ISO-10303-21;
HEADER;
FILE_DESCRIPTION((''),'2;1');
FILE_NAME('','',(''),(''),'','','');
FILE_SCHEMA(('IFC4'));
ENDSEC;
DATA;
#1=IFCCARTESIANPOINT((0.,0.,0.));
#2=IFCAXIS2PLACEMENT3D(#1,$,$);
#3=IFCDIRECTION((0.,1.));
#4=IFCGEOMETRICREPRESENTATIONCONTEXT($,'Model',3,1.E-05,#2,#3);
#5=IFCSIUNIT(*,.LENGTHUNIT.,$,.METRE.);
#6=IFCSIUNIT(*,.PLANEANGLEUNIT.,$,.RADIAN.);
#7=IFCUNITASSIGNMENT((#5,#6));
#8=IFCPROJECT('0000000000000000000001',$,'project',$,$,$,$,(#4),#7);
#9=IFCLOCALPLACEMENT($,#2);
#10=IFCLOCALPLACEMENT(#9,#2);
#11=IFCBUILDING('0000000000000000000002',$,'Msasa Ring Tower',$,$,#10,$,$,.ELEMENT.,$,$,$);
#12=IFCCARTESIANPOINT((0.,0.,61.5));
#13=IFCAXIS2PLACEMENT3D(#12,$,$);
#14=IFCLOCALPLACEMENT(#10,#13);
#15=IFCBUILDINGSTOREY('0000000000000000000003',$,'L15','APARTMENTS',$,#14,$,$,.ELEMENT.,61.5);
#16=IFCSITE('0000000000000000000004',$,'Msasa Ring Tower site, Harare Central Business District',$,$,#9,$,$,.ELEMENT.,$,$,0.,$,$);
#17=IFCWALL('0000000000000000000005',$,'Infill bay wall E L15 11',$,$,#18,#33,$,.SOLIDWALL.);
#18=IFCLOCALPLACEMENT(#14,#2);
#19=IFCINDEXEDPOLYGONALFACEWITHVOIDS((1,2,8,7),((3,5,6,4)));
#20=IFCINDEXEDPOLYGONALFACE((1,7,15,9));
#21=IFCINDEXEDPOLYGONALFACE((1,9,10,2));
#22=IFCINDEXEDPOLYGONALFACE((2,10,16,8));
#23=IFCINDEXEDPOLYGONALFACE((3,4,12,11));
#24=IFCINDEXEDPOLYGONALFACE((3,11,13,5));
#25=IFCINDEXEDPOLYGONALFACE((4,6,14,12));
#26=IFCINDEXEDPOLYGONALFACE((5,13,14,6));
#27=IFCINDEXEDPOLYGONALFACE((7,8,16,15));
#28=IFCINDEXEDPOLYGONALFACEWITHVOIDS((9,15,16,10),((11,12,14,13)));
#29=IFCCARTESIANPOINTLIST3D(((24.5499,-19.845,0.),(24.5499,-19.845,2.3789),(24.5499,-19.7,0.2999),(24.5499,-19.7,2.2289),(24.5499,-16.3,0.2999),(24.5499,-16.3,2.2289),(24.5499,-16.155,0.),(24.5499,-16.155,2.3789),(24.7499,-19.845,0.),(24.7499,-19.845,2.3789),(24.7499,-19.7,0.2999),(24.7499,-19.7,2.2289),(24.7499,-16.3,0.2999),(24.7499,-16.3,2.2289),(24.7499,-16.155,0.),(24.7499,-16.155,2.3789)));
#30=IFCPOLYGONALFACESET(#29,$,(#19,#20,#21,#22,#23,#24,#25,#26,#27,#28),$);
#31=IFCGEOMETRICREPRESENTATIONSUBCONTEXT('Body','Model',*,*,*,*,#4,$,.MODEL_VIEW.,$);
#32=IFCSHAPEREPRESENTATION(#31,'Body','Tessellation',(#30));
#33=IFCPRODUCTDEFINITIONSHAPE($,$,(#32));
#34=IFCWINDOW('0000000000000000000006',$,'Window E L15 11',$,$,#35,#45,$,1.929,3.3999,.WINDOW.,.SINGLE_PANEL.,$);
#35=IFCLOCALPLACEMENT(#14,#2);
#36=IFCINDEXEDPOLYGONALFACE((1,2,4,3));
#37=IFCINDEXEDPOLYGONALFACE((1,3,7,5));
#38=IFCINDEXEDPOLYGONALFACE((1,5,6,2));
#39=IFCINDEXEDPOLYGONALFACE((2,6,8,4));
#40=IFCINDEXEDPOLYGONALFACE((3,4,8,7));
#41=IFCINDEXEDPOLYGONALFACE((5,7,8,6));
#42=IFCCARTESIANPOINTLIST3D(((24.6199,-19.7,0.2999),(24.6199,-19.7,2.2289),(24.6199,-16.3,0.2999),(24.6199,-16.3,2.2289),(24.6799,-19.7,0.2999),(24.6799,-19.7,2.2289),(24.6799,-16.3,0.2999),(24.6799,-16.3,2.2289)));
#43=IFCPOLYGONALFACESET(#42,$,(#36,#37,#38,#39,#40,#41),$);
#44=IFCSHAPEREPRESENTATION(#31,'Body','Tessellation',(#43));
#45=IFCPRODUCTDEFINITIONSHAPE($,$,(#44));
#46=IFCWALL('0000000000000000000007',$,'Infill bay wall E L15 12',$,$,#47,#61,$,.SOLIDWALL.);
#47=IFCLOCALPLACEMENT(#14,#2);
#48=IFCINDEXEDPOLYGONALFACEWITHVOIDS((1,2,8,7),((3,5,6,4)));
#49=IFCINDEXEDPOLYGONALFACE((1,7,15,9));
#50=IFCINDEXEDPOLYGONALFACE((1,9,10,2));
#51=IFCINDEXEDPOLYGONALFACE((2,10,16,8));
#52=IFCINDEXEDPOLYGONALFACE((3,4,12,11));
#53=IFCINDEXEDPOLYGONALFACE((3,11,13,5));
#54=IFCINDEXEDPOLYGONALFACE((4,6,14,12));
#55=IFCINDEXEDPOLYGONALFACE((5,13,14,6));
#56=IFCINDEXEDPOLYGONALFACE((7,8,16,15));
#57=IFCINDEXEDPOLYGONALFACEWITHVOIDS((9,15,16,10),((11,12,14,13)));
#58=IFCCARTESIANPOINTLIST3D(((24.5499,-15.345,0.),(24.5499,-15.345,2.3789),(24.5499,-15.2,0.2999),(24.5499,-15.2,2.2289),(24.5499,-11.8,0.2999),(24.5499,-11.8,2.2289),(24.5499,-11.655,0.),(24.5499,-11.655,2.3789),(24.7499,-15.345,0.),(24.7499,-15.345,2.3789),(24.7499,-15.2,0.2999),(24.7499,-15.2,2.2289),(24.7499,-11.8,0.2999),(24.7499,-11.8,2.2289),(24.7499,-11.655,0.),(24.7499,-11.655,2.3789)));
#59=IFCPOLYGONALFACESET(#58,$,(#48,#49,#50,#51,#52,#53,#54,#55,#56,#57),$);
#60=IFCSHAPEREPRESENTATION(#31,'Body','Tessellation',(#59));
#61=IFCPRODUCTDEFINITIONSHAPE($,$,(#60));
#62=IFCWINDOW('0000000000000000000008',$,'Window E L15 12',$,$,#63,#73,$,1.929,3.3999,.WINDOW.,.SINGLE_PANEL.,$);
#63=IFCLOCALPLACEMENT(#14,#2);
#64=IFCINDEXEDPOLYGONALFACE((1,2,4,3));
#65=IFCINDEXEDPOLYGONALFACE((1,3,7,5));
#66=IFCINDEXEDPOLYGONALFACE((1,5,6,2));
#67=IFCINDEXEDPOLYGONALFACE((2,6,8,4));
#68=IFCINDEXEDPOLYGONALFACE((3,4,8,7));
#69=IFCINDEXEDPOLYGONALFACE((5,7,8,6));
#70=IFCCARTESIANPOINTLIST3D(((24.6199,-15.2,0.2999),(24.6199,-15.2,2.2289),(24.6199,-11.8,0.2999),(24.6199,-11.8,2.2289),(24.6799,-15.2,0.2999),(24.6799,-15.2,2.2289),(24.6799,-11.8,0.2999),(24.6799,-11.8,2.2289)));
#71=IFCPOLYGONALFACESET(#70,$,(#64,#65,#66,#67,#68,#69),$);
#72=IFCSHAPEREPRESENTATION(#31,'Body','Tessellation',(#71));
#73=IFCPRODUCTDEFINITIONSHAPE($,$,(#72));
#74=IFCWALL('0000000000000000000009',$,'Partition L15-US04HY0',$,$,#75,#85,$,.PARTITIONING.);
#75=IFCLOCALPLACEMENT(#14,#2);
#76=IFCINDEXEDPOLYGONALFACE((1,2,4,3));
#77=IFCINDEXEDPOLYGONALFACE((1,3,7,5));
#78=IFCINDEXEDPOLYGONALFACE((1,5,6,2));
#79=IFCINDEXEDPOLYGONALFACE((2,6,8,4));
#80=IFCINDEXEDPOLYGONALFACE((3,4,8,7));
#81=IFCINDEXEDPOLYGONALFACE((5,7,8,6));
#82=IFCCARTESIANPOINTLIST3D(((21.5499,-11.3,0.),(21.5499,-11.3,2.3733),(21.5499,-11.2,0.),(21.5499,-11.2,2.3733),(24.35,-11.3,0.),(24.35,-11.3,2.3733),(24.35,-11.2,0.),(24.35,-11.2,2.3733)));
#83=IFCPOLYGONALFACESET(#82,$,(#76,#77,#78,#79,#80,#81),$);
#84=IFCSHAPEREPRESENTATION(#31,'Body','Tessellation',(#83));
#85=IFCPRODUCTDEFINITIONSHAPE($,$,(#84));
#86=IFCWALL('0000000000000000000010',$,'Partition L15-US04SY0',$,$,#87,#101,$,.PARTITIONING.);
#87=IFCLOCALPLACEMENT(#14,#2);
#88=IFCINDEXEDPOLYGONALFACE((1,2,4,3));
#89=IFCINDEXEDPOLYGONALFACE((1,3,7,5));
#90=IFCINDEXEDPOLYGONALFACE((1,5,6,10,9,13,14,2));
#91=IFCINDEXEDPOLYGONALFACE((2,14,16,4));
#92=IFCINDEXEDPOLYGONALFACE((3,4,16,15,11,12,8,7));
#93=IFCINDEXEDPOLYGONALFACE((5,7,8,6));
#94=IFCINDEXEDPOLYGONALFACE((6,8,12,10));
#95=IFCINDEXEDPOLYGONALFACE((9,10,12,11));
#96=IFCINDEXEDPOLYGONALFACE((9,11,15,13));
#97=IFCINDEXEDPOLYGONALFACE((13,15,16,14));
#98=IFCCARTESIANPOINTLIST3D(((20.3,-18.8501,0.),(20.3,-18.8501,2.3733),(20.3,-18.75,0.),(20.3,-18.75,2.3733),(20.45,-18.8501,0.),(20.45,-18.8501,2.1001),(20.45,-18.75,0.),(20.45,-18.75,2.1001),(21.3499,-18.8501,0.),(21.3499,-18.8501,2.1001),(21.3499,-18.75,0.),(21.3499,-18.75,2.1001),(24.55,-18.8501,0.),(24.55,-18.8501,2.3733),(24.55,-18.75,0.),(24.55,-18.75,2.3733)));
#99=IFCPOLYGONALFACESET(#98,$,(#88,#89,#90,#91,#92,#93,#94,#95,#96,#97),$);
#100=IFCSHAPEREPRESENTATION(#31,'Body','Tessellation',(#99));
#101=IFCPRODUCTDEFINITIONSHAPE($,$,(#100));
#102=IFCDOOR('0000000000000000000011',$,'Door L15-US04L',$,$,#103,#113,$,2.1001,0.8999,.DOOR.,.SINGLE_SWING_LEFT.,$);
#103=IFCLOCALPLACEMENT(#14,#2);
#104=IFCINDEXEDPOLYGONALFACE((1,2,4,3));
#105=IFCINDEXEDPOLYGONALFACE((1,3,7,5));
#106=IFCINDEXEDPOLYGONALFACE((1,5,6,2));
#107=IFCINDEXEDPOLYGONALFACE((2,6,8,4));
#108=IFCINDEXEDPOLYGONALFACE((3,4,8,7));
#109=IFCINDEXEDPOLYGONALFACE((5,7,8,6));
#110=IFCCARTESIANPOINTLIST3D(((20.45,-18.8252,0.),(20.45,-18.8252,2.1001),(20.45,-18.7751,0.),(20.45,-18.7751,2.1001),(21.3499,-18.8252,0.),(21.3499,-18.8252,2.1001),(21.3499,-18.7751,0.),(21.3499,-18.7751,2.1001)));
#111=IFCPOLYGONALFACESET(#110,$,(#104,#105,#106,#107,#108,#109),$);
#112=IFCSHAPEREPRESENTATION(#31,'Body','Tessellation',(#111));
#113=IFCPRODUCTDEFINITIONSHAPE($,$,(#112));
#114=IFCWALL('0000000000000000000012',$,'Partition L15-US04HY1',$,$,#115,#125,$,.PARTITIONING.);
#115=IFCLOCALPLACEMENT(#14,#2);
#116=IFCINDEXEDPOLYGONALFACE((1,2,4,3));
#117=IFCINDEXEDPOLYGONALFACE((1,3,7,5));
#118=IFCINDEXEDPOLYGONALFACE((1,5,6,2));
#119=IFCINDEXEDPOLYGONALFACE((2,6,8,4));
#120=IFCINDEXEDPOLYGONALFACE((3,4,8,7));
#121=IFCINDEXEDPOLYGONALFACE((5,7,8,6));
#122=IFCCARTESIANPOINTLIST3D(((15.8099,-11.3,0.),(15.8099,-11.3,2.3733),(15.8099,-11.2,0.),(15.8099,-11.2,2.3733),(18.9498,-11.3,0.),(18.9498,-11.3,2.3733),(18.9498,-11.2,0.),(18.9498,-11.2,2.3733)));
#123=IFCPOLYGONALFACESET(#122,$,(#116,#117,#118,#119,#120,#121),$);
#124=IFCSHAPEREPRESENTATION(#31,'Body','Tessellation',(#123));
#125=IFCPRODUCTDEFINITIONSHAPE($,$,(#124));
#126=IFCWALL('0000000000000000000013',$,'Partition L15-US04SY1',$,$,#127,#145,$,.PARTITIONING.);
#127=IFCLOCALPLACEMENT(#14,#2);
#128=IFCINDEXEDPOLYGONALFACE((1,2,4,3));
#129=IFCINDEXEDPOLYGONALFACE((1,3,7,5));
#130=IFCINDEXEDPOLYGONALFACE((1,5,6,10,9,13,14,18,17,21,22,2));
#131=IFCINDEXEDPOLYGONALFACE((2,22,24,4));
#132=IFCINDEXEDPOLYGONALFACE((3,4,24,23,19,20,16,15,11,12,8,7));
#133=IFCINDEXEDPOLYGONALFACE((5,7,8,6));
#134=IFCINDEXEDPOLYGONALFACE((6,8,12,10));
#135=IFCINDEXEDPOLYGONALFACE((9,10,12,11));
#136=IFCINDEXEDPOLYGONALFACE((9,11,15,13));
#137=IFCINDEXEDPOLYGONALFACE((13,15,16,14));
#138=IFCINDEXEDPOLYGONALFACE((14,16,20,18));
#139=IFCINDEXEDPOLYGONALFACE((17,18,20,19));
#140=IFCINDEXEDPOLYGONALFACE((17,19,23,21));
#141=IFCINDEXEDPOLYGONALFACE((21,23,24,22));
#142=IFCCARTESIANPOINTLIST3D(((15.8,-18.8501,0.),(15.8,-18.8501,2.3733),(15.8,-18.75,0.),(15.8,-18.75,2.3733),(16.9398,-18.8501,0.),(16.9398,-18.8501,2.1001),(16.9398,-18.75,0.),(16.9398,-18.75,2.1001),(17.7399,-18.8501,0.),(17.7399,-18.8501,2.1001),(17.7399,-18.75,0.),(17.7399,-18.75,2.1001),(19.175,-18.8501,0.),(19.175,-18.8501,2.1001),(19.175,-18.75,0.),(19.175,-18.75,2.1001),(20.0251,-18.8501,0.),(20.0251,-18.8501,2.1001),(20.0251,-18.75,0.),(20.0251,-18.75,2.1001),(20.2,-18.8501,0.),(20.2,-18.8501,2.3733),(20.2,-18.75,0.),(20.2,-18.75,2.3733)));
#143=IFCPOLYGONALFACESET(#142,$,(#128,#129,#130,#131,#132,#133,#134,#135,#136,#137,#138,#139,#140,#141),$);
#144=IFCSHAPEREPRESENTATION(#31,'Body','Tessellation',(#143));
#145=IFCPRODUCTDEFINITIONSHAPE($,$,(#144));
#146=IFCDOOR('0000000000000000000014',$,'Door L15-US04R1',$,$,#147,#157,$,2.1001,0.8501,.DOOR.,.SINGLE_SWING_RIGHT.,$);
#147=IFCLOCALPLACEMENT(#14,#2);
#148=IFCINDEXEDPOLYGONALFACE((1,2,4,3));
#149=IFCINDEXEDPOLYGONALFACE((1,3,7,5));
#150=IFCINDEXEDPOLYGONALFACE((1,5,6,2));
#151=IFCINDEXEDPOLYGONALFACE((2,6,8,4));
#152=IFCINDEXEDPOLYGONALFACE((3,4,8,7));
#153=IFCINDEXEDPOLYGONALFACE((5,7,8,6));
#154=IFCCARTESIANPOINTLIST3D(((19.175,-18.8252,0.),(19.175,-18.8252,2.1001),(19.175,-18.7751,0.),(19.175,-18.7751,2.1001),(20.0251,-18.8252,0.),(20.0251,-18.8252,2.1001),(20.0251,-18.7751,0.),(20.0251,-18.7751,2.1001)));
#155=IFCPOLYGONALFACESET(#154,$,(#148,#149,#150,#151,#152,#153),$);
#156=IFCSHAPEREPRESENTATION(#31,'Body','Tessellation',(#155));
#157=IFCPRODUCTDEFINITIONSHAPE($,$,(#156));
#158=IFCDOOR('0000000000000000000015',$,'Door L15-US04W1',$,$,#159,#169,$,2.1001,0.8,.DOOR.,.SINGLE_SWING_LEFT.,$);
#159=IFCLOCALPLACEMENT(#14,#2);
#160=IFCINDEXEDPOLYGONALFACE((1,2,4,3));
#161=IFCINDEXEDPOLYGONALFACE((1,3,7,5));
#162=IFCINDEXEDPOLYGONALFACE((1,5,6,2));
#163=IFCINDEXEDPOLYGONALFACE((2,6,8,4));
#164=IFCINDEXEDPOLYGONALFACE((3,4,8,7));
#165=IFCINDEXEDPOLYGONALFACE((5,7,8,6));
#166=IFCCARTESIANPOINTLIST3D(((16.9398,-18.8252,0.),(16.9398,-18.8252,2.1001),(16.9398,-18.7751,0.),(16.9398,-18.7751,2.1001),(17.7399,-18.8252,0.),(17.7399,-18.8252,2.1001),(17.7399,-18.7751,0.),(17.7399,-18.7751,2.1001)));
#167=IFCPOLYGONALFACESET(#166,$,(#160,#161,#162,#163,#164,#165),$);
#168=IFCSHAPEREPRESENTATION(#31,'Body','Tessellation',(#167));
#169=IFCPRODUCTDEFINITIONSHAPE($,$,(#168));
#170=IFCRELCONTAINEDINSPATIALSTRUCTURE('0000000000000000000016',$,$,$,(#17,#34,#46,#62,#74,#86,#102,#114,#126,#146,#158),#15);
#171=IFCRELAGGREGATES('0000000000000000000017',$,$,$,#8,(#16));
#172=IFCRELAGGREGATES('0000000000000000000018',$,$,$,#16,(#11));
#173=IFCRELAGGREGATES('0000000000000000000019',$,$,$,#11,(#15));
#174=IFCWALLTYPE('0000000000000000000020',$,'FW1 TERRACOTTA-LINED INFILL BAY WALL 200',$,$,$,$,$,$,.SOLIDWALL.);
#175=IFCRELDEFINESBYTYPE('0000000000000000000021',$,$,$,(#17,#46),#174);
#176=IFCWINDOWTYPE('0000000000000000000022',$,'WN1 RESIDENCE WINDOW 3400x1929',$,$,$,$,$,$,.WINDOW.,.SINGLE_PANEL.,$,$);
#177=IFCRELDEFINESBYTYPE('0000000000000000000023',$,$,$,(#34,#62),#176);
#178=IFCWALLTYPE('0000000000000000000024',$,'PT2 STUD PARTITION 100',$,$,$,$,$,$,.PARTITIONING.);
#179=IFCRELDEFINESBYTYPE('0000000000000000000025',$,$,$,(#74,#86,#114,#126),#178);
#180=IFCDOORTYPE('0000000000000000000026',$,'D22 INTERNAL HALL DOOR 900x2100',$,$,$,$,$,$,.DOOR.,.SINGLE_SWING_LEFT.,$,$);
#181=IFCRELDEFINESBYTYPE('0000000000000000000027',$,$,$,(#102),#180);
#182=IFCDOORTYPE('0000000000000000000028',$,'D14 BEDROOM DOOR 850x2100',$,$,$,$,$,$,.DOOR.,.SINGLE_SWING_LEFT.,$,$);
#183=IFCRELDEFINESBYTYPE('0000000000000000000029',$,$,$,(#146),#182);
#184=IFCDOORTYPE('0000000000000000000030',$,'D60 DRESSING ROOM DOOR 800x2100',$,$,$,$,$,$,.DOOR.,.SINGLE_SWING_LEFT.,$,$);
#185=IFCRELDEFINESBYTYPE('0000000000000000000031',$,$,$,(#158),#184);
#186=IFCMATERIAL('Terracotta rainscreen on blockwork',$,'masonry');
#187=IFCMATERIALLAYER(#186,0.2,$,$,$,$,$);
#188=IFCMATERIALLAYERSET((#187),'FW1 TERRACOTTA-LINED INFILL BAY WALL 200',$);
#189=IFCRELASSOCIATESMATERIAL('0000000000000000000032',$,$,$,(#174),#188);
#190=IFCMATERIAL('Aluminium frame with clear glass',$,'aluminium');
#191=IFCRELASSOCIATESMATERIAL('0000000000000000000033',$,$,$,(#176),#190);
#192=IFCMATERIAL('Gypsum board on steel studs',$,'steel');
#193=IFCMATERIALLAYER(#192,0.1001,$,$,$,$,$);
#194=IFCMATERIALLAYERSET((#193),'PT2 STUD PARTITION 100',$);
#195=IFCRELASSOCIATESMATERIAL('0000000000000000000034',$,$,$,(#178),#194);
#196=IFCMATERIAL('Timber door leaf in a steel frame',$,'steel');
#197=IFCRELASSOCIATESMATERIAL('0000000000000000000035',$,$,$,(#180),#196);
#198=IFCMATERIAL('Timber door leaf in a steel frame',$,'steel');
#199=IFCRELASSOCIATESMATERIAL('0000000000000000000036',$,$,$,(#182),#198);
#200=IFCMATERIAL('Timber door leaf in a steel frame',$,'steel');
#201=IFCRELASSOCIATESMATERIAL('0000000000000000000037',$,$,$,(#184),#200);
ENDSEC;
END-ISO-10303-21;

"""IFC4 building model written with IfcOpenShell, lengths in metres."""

from ifc_helpers import new_model, si_unit, direction, frame, frame_2d, origin, place, context, subcontext, project, spatial, rectangle, extrude, material, layer, layer_set, type_object, element, fill, save


model = new_model("IFC4")

# Units and contexts
model_context = context("Model", 3, precision=1e-05, world=origin(), true_north=direction((0.0, 1.0)))
body_context = subcontext(model_context, "Body", "Model", "MODEL_VIEW")
ifc_project = project(units=[si_unit("LENGTHUNIT", "METRE"), si_unit("PLANEANGLEUNIT", "RADIAN")], contexts=[model_context])

# Site, building, storey
site_placement = place(None, origin())
site = spatial("IfcSite", under=ifc_project, at=site_placement, Name="Msasa Ring Tower site, Harare Central Business District", CompositionType="ELEMENT", RefElevation=0.0)
building_placement = place(site_placement, origin())
building = spatial("IfcBuilding", under=site, at=building_placement, Name="Msasa Ring Tower", CompositionType="ELEMENT")
storey_placement = place(building_placement, frame((0.0, 0.0, 61.5)))
storey = spatial("IfcBuildingStorey", under=building, at=storey_placement, Name="L15", Description="APARTMENTS", CompositionType="ELEMENT", Elevation=61.5)

# Walls, openings, windows
ifc_material_1 = material(Name="Terracotta rainscreen on blockwork", Category="masonry")
ifc_layer_1 = layer(ifc_material_1, 0.2)
ifc_layer_set_1 = layer_set([ifc_layer_1], Name="FW1 TERRACOTTA-LINED INFILL BAY WALL 200")
wall_type_1 = type_object("IfcWallType", Name="FW1 TERRACOTTA-LINED INFILL BAY WALL 200", PredefinedType="SOLIDWALL", material=ifc_layer_set_1)
wall_1_placement = place(storey_placement, frame((24.6499, -19.845, 0.0), z_axis=(0.0, 0.0, 1.0), x_axis=(0.0, 1.0, 0.0)))
wall_1 = element("IfcWall", 1, at=wall_1_placement, inside=storey, type_object=wall_type_1, Name="Infill bay wall E L15 11", PredefinedType="SOLIDWALL", context=body_context, shape_type="SweptSolid", body=[
    extrude(rectangle(XDim=3.6899, YDim=0.2, at=frame_2d((1.845, 0.0))), origin(), (0.0, 0.0, 1.0), 2.3789),
])
opening_1_placement = place(wall_1_placement, frame((0.145, 0.0, 0.3)))
opening_1 = element("IfcOpeningElement", 2, at=opening_1_placement, cuts=wall_1, PredefinedType="OPENING", context=body_context, shape_type="SweptSolid", body=[
    extrude(rectangle(XDim=3.3999, YDim=1.929, at=frame_2d((1.7, 0.9644))), frame((0.0, 0.1099, 0.0), z_axis=(0.0, -1.0, 0.0), x_axis=(1.0, 0.0, 0.0)), (0.0, 0.0, 1.0), 0.22),
])
ifc_material_2 = material(Name="Aluminium frame with clear glass", Category="aluminium")
window_type = type_object("IfcWindowType", Name="WN1 RESIDENCE WINDOW 3400x1929", PartitioningType="SINGLE_PANEL", PredefinedType="WINDOW", material=ifc_material_2)
window_1_placement = place(opening_1_placement, origin())
window_1 = element("IfcWindow", 3, at=window_1_placement, inside=storey, type_object=window_type, Name="Window E L15 11", OverallHeight=1.929, OverallWidth=3.3999, PartitioningType="SINGLE_PANEL", PredefinedType="WINDOW", context=body_context, shape_type="SweptSolid", body=[
    extrude(rectangle(XDim=3.3999, YDim=1.929, at=frame_2d((1.7, 0.9644))), frame((0.0, 0.03, 0.0), z_axis=(0.0, -1.0, 0.0), x_axis=(1.0, 0.0, 0.0)), (0.0, 0.0, 1.0), 0.0601),
])
fill(opening_1, window_1)
wall_2_placement = place(storey_placement, frame((24.6499, -15.345, 0.0), z_axis=(0.0, 0.0, 1.0), x_axis=(0.0, 1.0, 0.0)))
wall_2 = element("IfcWall", 4, at=wall_2_placement, inside=storey, type_object=wall_type_1, Name="Infill bay wall E L15 12", PredefinedType="SOLIDWALL", context=body_context, shape_type="SweptSolid", body=[
    extrude(rectangle(XDim=3.6899, YDim=0.2, at=frame_2d((1.845, 0.0))), origin(), (0.0, 0.0, 1.0), 2.3789),
])
opening_2_placement = place(wall_2_placement, frame((0.145, 0.0, 0.3)))
opening_2 = element("IfcOpeningElement", 5, at=opening_2_placement, cuts=wall_2, PredefinedType="OPENING", context=body_context, shape_type="SweptSolid", body=[
    extrude(rectangle(XDim=3.3999, YDim=1.929, at=frame_2d((1.7, 0.9644))), frame((0.0, 0.1099, 0.0), z_axis=(0.0, -1.0, 0.0), x_axis=(1.0, 0.0, 0.0)), (0.0, 0.0, 1.0), 0.22),
])
window_2_placement = place(opening_2_placement, origin())
window_2 = element("IfcWindow", 6, at=window_2_placement, inside=storey, type_object=window_type, Name="Window E L15 12", OverallHeight=1.929, OverallWidth=3.3999, PartitioningType="SINGLE_PANEL", PredefinedType="WINDOW", context=body_context, shape_type="SweptSolid", body=[
    extrude(rectangle(XDim=3.3999, YDim=1.929, at=frame_2d((1.7, 0.9644))), frame((0.0, 0.03, 0.0), z_axis=(0.0, -1.0, 0.0), x_axis=(1.0, 0.0, 0.0)), (0.0, 0.0, 1.0), 0.0601),
])
fill(opening_2, window_2)

# Wall
ifc_material_3 = material(Name="Gypsum board on steel studs", Category="steel")
ifc_layer_2 = layer(ifc_material_3, 0.1001)
ifc_layer_set_2 = layer_set([ifc_layer_2], Name="PT2 STUD PARTITION 100")
wall_type_2 = type_object("IfcWallType", Name="PT2 STUD PARTITION 100", PredefinedType="PARTITIONING", material=ifc_layer_set_2)
wall_3_placement = place(storey_placement, frame((21.55, -11.25, 0.0), z_axis=(0.0, 0.0, 1.0), x_axis=(1.0, 0.0, 0.0)))
element("IfcWall", 7, at=wall_3_placement, inside=storey, type_object=wall_type_2, Name="Partition L15-US04HY0", PredefinedType="PARTITIONING", context=body_context, shape_type="SweptSolid", body=[
    extrude(rectangle(XDim=2.8, YDim=0.1001, at=frame_2d((1.3999, 0.0))), origin(), (0.0, 0.0, 1.0), 2.3733),
])

# Wall, opening, door
wall_4_placement = place(storey_placement, frame((20.3, -18.8, 0.0), z_axis=(0.0, 0.0, 1.0), x_axis=(1.0, 0.0, 0.0)))
wall_4 = element("IfcWall", 8, at=wall_4_placement, inside=storey, type_object=wall_type_2, Name="Partition L15-US04SY0", PredefinedType="PARTITIONING", context=body_context, shape_type="SweptSolid", body=[
    extrude(rectangle(XDim=4.25, YDim=0.1001, at=frame_2d((2.125, 0.0))), origin(), (0.0, 0.0, 1.0), 2.3733),
])
opening_3_placement = place(wall_4_placement, frame((0.1499, 0.0, 0.0)))
opening_3 = element("IfcOpeningElement", 9, at=opening_3_placement, cuts=wall_4, PredefinedType="OPENING", context=body_context, shape_type="SweptSolid", body=[
    extrude(rectangle(XDim=0.8999, YDim=2.1001, at=frame_2d((0.45, 1.05))), frame((0.0, 0.0601, 0.0), z_axis=(0.0, -1.0, 0.0), x_axis=(1.0, 0.0, 0.0)), (0.0, 0.0, 1.0), 0.1201),
])
ifc_material_4 = material(Name="Timber door leaf in a steel frame", Category="steel")
door_type_1 = type_object("IfcDoorType", Name="D22 INTERNAL HALL DOOR 900x2100", OperationType="SINGLE_SWING_LEFT", PredefinedType="DOOR", material=ifc_material_4)
door_1_placement = place(opening_3_placement, origin())
door_1 = element("IfcDoor", 10, at=door_1_placement, inside=storey, type_object=door_type_1, Name="Door L15-US04L", OperationType="SINGLE_SWING_LEFT", OverallHeight=2.1001, OverallWidth=0.8999, PredefinedType="DOOR", context=body_context, shape_type="SweptSolid", body=[
    extrude(rectangle(XDim=0.8999, YDim=2.1001, at=frame_2d((0.45, 1.05))), frame((0.0, 0.0249, 0.0), z_axis=(0.0, -1.0, 0.0), x_axis=(1.0, 0.0, 0.0)), (0.0, 0.0, 1.0), 0.05),
])
fill(opening_3, door_1)

# Wall
wall_5_placement = place(storey_placement, frame((15.8101, -11.25, 0.0), z_axis=(0.0, 0.0, 1.0), x_axis=(1.0, 0.0, 0.0)))
element("IfcWall", 11, at=wall_5_placement, inside=storey, type_object=wall_type_2, Name="Partition L15-US04HY1", PredefinedType="PARTITIONING", context=body_context, shape_type="SweptSolid", body=[
    extrude(rectangle(XDim=3.1399, YDim=0.1001, at=frame_2d((1.5698, 0.0))), origin(), (0.0, 0.0, 1.0), 2.3733),
])

# Wall, openings, doors
wall_6_placement = place(storey_placement, frame((15.8, -18.8, 0.0), z_axis=(0.0, 0.0, 1.0), x_axis=(1.0, 0.0, 0.0)))
wall_6 = element("IfcWall", 12, at=wall_6_placement, inside=storey, type_object=wall_type_2, Name="Partition L15-US04SY1", PredefinedType="PARTITIONING", context=body_context, shape_type="SweptSolid", body=[
    extrude(rectangle(XDim=4.3999, YDim=0.1001, at=frame_2d((2.2, 0.0))), origin(), (0.0, 0.0, 1.0), 2.3733),
])
opening_4_placement = place(wall_6_placement, frame((3.375, 0.0, 0.0)))
opening_4 = element("IfcOpeningElement", 13, at=opening_4_placement, cuts=wall_6, PredefinedType="OPENING", context=body_context, shape_type="SweptSolid", body=[
    extrude(rectangle(XDim=0.8501, YDim=2.1001, at=frame_2d((0.425, 1.05))), frame((0.0, 0.0601, 0.0), z_axis=(0.0, -1.0, 0.0), x_axis=(1.0, 0.0, 0.0)), (0.0, 0.0, 1.0), 0.1201),
])
opening_5_placement = place(wall_6_placement, frame((1.1399, 0.0, 0.0)))
opening_5 = element("IfcOpeningElement", 14, at=opening_5_placement, cuts=wall_6, PredefinedType="OPENING", context=body_context, shape_type="SweptSolid", body=[
    extrude(rectangle(XDim=0.8, YDim=2.1001, at=frame_2d((0.3999, 1.05))), frame((0.0, 0.0601, 0.0), z_axis=(0.0, -1.0, 0.0), x_axis=(1.0, 0.0, 0.0)), (0.0, 0.0, 1.0), 0.1201),
])
ifc_material_5 = material(Name="Timber door leaf in a steel frame", Category="steel")
door_type_2 = type_object("IfcDoorType", Name="D14 BEDROOM DOOR 850x2100", OperationType="SINGLE_SWING_LEFT", PredefinedType="DOOR", material=ifc_material_5)
door_2_placement = place(opening_4_placement, origin())
door_2 = element("IfcDoor", 15, at=door_2_placement, inside=storey, type_object=door_type_2, Name="Door L15-US04R1", OperationType="SINGLE_SWING_RIGHT", OverallHeight=2.1001, OverallWidth=0.8501, PredefinedType="DOOR", context=body_context, shape_type="SweptSolid", body=[
    extrude(rectangle(XDim=0.8501, YDim=2.1001, at=frame_2d((0.425, 1.05))), frame((0.0, 0.0249, 0.0), z_axis=(0.0, -1.0, 0.0), x_axis=(1.0, 0.0, 0.0)), (0.0, 0.0, 1.0), 0.05),
])
fill(opening_4, door_2)
ifc_material_6 = material(Name="Timber door leaf in a steel frame", Category="steel")
door_type_3 = type_object("IfcDoorType", Name="D60 DRESSING ROOM DOOR 800x2100", OperationType="SINGLE_SWING_LEFT", PredefinedType="DOOR", material=ifc_material_6)
door_3_placement = place(opening_5_placement, origin())
door_3 = element("IfcDoor", 16, at=door_3_placement, inside=storey, type_object=door_type_3, Name="Door L15-US04W1", OperationType="SINGLE_SWING_LEFT", OverallHeight=2.1001, OverallWidth=0.8, PredefinedType="DOOR", context=body_context, shape_type="SweptSolid", body=[
    extrude(rectangle(XDim=0.8, YDim=2.1001, at=frame_2d((0.3999, 1.05))), frame((0.0, 0.0249, 0.0), z_axis=(0.0, -1.0, 0.0), x_axis=(1.0, 0.0, 0.0)), (0.0, 0.0, 1.0), 0.05),
])
fill(opening_5, door_3)

save(model, "model.ifc")
